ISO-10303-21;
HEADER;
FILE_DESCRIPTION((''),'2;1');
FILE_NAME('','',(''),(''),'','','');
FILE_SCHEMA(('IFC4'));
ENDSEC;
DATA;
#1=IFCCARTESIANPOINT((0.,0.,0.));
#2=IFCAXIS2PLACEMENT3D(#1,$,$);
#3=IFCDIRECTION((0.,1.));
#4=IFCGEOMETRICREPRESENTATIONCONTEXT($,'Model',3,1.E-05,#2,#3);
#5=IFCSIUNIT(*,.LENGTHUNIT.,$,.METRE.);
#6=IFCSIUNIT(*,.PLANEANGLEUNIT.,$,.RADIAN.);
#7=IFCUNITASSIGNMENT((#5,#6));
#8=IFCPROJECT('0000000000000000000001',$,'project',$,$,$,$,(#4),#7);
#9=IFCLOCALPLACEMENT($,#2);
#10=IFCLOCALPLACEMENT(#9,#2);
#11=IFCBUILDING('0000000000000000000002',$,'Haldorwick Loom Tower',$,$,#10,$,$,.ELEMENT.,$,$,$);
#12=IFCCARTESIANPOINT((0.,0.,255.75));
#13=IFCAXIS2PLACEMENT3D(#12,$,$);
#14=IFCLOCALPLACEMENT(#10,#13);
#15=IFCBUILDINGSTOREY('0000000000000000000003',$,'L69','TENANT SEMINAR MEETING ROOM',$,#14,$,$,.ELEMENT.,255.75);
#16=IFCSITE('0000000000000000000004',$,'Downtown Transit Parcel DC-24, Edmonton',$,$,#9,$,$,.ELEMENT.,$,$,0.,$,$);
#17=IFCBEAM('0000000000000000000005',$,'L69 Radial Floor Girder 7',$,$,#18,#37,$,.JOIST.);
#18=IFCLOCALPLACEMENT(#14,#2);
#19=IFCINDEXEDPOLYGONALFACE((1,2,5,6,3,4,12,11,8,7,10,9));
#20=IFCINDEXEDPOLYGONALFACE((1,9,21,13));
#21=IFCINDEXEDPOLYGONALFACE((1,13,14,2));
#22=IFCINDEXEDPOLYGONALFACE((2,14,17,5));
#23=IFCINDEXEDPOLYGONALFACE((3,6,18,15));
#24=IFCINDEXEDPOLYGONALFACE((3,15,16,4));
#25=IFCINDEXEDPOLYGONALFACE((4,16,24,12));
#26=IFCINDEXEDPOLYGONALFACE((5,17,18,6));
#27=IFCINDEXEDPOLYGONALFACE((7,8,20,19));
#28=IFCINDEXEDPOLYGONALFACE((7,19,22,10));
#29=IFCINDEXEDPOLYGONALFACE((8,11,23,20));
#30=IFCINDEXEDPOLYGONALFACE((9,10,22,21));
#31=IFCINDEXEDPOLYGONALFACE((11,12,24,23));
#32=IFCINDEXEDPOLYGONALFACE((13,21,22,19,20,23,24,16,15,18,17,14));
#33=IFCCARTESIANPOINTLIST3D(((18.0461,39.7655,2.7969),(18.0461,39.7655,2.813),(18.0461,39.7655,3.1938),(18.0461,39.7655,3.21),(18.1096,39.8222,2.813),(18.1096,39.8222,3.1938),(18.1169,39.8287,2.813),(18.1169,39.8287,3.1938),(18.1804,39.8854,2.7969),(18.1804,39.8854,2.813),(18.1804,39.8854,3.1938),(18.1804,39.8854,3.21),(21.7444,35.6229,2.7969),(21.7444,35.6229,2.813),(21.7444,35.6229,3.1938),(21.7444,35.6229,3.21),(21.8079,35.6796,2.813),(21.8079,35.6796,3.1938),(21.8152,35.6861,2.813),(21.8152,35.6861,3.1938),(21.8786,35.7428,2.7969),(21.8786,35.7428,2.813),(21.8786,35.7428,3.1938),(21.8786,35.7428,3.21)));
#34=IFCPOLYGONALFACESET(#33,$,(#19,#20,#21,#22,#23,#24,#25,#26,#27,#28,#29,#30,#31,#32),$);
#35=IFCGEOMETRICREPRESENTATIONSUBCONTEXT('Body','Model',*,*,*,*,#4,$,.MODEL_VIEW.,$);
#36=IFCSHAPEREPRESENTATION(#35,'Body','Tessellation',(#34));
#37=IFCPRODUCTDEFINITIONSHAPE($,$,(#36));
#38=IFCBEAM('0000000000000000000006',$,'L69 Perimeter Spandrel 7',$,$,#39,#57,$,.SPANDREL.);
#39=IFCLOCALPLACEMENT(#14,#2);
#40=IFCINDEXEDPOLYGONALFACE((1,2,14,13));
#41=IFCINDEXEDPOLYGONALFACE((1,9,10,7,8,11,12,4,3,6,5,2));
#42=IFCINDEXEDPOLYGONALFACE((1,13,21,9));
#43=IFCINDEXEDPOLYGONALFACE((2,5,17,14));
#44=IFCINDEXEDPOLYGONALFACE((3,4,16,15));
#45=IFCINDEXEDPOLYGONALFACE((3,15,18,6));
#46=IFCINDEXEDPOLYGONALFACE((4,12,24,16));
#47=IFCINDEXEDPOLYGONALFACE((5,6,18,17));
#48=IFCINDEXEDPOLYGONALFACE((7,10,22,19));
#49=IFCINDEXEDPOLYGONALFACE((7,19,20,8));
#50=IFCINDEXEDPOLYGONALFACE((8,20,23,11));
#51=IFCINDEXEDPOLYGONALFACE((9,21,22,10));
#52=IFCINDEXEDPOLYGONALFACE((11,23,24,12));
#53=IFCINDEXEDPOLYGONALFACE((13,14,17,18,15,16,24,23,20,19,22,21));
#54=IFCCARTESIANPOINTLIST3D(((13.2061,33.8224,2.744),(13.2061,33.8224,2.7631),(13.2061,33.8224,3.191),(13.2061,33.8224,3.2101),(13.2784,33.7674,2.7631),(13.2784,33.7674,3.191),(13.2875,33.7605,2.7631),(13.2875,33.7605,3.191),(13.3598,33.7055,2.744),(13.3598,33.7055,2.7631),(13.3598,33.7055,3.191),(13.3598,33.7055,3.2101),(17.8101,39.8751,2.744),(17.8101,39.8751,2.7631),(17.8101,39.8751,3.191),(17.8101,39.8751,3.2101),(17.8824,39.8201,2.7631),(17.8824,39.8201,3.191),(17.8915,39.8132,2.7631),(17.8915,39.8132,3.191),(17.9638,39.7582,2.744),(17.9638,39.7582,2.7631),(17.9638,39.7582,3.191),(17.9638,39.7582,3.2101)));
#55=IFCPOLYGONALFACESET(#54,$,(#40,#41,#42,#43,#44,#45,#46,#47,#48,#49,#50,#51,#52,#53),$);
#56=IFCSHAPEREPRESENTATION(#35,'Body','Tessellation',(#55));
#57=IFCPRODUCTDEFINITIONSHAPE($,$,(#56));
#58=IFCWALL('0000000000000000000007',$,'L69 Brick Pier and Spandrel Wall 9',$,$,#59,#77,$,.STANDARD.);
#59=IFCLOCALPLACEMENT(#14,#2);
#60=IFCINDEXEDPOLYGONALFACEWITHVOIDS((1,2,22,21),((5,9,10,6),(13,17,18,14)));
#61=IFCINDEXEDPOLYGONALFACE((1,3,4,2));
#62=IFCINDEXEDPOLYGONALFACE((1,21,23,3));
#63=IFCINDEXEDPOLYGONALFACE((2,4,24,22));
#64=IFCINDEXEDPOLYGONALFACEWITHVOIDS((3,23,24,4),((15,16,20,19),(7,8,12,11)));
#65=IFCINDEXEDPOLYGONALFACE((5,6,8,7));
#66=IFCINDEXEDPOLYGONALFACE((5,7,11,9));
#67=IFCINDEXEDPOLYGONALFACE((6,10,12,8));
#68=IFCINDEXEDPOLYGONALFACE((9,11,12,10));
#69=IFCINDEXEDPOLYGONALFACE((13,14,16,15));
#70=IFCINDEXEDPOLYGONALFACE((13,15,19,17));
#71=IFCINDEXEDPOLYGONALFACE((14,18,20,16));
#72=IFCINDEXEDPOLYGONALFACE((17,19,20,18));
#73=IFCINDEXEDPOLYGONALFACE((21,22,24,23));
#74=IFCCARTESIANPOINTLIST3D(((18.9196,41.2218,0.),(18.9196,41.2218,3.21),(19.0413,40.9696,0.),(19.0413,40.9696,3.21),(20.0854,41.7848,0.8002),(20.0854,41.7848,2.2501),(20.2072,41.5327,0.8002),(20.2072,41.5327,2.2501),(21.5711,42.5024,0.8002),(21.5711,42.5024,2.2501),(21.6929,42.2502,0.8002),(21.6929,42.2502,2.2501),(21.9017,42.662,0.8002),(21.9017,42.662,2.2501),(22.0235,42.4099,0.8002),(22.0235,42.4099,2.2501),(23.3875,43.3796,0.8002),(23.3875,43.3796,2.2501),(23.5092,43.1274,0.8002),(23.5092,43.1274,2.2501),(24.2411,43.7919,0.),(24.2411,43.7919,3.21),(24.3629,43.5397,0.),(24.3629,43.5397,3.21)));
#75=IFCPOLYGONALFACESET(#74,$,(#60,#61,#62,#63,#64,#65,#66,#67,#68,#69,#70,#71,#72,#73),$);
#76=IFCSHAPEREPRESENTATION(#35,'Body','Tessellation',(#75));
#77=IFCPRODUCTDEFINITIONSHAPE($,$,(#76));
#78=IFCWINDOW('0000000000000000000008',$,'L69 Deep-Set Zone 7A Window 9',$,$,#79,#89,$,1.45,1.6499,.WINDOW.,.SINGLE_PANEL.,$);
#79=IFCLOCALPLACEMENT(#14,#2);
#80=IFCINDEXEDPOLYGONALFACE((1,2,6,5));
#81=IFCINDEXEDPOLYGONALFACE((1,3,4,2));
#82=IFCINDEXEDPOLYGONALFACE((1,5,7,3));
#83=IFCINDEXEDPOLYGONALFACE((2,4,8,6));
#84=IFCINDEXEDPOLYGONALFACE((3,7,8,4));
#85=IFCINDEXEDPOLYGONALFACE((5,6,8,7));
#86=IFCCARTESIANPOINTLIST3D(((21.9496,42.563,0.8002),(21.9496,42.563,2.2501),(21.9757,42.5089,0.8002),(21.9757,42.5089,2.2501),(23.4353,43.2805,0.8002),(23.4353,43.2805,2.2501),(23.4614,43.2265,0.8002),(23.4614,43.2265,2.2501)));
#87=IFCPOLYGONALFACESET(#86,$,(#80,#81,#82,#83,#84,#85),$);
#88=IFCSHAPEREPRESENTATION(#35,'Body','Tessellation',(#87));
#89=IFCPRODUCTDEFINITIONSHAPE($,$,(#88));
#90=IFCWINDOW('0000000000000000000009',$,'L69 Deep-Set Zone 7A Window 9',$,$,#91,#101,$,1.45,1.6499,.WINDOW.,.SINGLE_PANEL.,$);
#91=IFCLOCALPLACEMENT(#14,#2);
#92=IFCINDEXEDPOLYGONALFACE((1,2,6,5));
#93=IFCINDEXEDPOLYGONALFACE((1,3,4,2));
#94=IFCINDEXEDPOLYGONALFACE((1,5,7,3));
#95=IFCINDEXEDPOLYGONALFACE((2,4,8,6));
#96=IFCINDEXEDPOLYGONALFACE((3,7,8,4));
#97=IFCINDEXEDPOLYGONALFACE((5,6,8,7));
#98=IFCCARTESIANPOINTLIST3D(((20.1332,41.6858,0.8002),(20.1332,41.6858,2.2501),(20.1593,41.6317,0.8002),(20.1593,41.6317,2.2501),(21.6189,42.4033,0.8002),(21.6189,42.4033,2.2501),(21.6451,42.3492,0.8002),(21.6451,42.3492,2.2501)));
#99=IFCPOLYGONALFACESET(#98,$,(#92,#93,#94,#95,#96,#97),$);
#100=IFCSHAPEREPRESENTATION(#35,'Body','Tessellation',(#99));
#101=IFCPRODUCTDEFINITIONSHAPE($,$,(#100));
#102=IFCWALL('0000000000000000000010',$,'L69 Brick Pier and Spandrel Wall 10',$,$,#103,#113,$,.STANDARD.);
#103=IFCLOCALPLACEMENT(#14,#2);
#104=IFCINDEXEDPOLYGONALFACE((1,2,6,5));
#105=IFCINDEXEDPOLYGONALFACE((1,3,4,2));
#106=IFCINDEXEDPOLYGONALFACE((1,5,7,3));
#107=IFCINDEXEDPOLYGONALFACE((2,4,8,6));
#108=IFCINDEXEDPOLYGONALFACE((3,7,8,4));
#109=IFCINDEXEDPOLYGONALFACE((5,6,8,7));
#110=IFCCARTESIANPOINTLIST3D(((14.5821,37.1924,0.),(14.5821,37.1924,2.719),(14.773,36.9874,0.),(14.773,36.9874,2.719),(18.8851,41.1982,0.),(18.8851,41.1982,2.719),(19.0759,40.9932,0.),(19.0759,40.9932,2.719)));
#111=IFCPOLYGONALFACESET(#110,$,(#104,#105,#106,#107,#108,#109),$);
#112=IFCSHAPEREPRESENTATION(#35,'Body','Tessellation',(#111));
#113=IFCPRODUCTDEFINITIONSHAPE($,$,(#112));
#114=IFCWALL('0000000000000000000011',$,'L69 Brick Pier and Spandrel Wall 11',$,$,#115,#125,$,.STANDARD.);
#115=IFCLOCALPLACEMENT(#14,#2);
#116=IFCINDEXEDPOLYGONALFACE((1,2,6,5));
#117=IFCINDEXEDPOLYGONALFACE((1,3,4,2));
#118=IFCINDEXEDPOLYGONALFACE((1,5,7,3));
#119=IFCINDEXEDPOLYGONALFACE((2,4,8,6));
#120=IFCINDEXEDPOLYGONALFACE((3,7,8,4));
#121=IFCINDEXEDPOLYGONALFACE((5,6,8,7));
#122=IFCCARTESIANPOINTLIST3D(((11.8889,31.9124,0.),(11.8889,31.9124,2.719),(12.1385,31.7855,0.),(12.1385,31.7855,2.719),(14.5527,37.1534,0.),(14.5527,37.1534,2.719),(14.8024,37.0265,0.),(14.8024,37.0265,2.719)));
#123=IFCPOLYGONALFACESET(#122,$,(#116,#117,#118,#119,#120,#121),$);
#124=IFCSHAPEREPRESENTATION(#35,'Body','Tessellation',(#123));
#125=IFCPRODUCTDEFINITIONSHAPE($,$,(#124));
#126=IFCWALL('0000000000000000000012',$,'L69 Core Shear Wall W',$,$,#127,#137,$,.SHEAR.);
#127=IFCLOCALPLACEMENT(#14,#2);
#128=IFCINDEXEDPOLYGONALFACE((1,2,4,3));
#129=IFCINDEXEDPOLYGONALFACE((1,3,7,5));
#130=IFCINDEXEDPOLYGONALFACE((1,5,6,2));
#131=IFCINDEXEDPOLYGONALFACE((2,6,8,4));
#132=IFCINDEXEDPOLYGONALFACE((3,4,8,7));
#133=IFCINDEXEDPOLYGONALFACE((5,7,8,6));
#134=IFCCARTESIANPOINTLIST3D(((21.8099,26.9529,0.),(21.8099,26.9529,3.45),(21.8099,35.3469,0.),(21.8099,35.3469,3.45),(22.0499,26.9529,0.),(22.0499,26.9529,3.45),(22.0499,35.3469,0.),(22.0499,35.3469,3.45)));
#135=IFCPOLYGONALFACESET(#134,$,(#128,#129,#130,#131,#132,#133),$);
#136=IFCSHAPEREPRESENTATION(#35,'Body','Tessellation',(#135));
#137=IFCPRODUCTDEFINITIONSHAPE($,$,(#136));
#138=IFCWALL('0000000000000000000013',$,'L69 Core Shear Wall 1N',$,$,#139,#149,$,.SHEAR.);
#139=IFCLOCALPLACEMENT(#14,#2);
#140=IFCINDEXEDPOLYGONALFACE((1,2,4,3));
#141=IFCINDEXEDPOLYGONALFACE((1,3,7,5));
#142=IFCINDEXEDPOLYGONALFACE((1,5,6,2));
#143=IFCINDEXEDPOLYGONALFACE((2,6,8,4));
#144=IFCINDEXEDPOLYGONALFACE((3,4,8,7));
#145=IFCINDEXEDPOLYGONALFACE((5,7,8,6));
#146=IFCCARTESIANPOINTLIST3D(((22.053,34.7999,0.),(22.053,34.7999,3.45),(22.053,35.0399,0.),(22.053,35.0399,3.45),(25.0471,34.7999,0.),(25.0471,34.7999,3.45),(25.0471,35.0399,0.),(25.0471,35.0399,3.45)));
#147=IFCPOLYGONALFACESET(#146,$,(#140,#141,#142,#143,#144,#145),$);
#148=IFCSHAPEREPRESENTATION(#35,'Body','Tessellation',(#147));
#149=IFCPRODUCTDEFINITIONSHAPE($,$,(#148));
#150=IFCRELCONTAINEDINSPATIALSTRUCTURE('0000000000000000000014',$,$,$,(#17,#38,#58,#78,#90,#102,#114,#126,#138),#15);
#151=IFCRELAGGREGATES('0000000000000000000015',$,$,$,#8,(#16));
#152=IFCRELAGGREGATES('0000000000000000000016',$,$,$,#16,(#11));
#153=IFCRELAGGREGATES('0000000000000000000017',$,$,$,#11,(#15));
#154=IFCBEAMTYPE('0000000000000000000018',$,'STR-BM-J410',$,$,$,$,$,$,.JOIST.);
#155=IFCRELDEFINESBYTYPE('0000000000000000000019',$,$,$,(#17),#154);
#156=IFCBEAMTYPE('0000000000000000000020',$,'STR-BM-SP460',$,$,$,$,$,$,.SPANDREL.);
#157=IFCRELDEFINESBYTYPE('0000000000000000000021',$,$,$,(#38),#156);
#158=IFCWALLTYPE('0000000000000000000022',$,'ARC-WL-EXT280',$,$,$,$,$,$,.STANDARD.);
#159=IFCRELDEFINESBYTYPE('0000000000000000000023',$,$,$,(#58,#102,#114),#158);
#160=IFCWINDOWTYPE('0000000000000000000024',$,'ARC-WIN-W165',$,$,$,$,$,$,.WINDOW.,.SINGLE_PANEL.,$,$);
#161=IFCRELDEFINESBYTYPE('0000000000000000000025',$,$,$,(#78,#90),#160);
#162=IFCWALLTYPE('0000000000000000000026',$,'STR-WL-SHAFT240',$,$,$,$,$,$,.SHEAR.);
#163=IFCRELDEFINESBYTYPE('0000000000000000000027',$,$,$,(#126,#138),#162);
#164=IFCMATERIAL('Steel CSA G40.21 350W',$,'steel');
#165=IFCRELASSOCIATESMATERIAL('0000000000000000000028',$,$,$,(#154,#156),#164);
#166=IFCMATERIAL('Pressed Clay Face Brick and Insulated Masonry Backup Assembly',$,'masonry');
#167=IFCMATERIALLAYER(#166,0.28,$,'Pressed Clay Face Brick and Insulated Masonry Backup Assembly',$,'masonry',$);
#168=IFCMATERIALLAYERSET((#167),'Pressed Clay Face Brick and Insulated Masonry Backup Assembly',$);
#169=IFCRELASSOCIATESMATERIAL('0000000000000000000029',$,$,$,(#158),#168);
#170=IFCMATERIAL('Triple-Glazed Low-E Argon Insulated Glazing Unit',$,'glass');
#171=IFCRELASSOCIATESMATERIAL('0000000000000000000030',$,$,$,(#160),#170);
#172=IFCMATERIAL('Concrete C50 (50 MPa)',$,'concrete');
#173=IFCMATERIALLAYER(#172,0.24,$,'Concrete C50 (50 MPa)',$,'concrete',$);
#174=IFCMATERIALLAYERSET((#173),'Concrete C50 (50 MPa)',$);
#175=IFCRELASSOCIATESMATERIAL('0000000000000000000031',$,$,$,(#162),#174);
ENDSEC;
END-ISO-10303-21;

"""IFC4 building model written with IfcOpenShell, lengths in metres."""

from ifc_helpers import new_model, si_unit, direction, frame, frame_2d, origin, origin_2d, place, context, subcontext, project, spatial, rectangle, i_section, extrude, material, layer, layer_set, material_profile, profile_set, type_object, element, fill, save


model = new_model("IFC4")

# Units and contexts
model_context = context("Model", 3, precision=1e-05, world=origin(), true_north=direction((0.0, 1.0)))
body_context = subcontext(model_context, "Body", "Model", "MODEL_VIEW")
ifc_project = project(units=[si_unit("LENGTHUNIT", "METRE"), si_unit("PLANEANGLEUNIT", "RADIAN")], contexts=[model_context])

# Site, building, storey
site_placement = place(None, origin())
site = spatial("IfcSite", under=ifc_project, at=site_placement, Name="Downtown Transit Parcel DC-24, Edmonton", CompositionType="ELEMENT", RefElevation=0.0)
building_placement = place(site_placement, origin())
building = spatial("IfcBuilding", under=site, at=building_placement, Name="Haldorwick Loom Tower", CompositionType="ELEMENT")
storey_placement = place(building_placement, frame((0.0, 0.0, 255.75)))
storey = spatial("IfcBuildingStorey", under=building, at=storey_placement, Name="L69", Description="TENANT SEMINAR MEETING ROOM", CompositionType="ELEMENT", Elevation=255.75)

# Shared definitions
ifc_material_1 = material(Name="Steel CSA G40.21 350W", Category="steel")

# Beams
ifc_material_2 = material(Name="Concrete C50 (50 MPa)", Category="concrete")
ifc_material_profile_1 = material_profile(ifc_material_1, i_section(OverallWidth=0.1799, OverallDepth=0.4131, WebThickness=0.0098, FlangeThickness=0.0161, at=origin_2d()), Name="W410X74", Category="steel")
ifc_profile_set_1 = profile_set([ifc_material_profile_1], Name="Steel CSA G40.21 350W")
beam_type_1 = type_object("IfcBeamType", Name="STR-BM-J410", PredefinedType="JOIST", material=ifc_profile_set_1)
beam_1_placement = place(storey_placement, frame((21.8115, 35.6829, 3.0034), z_axis=(-0.665967, 0.745981, 0.0), x_axis=(-0.745981, -0.665967, 0.0)))
element("IfcBeam", 1, at=beam_1_placement, inside=storey, type_object=beam_type_1, Name="L69 Radial Floor Girder 7", PredefinedType="JOIST", context=body_context, shape_type="SweptSolid", body=[
    extrude(i_section(OverallWidth=0.1799, OverallDepth=0.4131, WebThickness=0.0098, FlangeThickness=0.0161, at=origin_2d()), origin(), (0.0, 0.0, 1.0), 5.5532),
])
ifc_material_profile_2 = material_profile(ifc_material_1, i_section(OverallWidth=0.1931, OverallDepth=0.4661, WebThickness=0.0115, FlangeThickness=0.019, at=origin_2d()), Name="W460X97", Category="steel")
ifc_profile_set_2 = profile_set([ifc_material_profile_2], Name="Steel CSA G40.21 350W")
beam_type_2 = type_object("IfcBeamType", Name="STR-BM-SP460", PredefinedType="SPANDREL", material=ifc_profile_set_2)
beam_2_placement = place(storey_placement, frame((17.887, 39.8167, 2.9771), z_axis=(-0.60541, -0.795913, 0.0), x_axis=(0.795913, -0.60541, 0.0)))
element("IfcBeam", 2, at=beam_2_placement, inside=storey, type_object=beam_type_2, Name="L69 Perimeter Spandrel 7", PredefinedType="SPANDREL", context=body_context, shape_type="SweptSolid", body=[
    extrude(i_section(OverallWidth=0.1931, OverallDepth=0.4661, WebThickness=0.0115, FlangeThickness=0.019, at=origin_2d()), origin(), (0.0, 0.0, 1.0), 7.6047),
])

# Wall, openings, windows
ifc_material_3 = material(Name="Pressed Clay Face Brick and Insulated Masonry Backup Assembly", Category="masonry")
ifc_layer_1 = layer(ifc_material_3, 0.28, Name="Pressed Clay Face Brick and Insulated Masonry Backup Assembly", Category="masonry")
ifc_layer_set_1 = layer_set([ifc_layer_1], Name="Pressed Clay Face Brick and Insulated Masonry Backup Assembly")
wall_type_1 = type_object("IfcWallType", Name="ARC-WL-EXT280", PredefinedType="STANDARD", material=ifc_layer_set_1)
wall_1_placement = place(storey_placement, frame((24.302, 43.6658, 0.0), z_axis=(0.0, 0.0, 1.0), x_axis=(-0.900482, -0.434893, 0.0)))
wall_1 = element("IfcWall", 3, at=wall_1_placement, inside=storey, type_object=wall_type_1, Name="L69 Brick Pier and Spandrel Wall 9", PredefinedType="STANDARD", context=body_context, shape_type="SweptSolid", body=[
    extrude(rectangle(XDim=5.9097, YDim=0.28, at=frame_2d((2.9548, 0.0))), origin(), (0.0, 0.0, 1.0), 3.21),
])
opening_1_placement = place(wall_1_placement, frame((0.948, 0.0, 0.8)))
opening_1 = element("IfcOpeningElement", 4, at=opening_1_placement, cuts=wall_1, PredefinedType="OPENING", context=body_context, shape_type="SweptSolid", body=[
    extrude(rectangle(XDim=1.6499, YDim=1.45, at=frame_2d((0.825, 0.7251))), frame((0.0, 0.1499, 0.0), z_axis=(0.0, -1.0, 0.0), x_axis=(1.0, 0.0, 0.0)), (0.0, 0.0, 1.0), 0.3),
])
opening_2_placement = place(wall_1_placement, frame((2.9651, 0.0, 0.8)))
opening_2 = element("IfcOpeningElement", 5, at=opening_2_placement, cuts=wall_1, PredefinedType="OPENING", context=body_context, shape_type="SweptSolid", body=[
    extrude(rectangle(XDim=1.6499, YDim=1.45, at=frame_2d((0.825, 0.7251))), frame((0.0, 0.1499, 0.0), z_axis=(0.0, -1.0, 0.0), x_axis=(1.0, 0.0, 0.0)), (0.0, 0.0, 1.0), 0.3),
])
ifc_material_4 = material(Name="Triple-Glazed Low-E Argon Insulated Glazing Unit", Category="glass")
window_type = type_object("IfcWindowType", Name="ARC-WIN-W165", PartitioningType="SINGLE_PANEL", PredefinedType="WINDOW", material=ifc_material_4)
window_1_placement = place(opening_1_placement, origin())
window_1 = element("IfcWindow", 6, at=window_1_placement, inside=storey, type_object=window_type, Name="L69 Deep-Set Zone 7A Window 9", OverallHeight=1.45, OverallWidth=1.6499, PartitioningType="SINGLE_PANEL", PredefinedType="WINDOW", context=body_context, shape_type="SweptSolid", body=[
    extrude(rectangle(XDim=1.6499, YDim=1.45, at=frame_2d((0.825, 0.7251))), frame((0.0, 0.03, 0.0), z_axis=(0.0, -1.0, 0.0), x_axis=(1.0, 0.0, 0.0)), (0.0, 0.0, 1.0), 0.0601),
])
fill(opening_1, window_1)
window_2_placement = place(opening_2_placement, origin())
window_2 = element("IfcWindow", 7, at=window_2_placement, inside=storey, type_object=window_type, Name="L69 Deep-Set Zone 7A Window 9", OverallHeight=1.45, OverallWidth=1.6499, PartitioningType="SINGLE_PANEL", PredefinedType="WINDOW", context=body_context, shape_type="SweptSolid", body=[
    extrude(rectangle(XDim=1.6499, YDim=1.45, at=frame_2d((0.825, 0.7251))), frame((0.0, 0.03, 0.0), z_axis=(0.0, -1.0, 0.0), x_axis=(1.0, 0.0, 0.0)), (0.0, 0.0, 1.0), 0.0601),
])
fill(opening_2, window_2)

# Walls
wall_2_placement = place(storey_placement, frame((18.9805, 41.0957, 0.0), z_axis=(0.0, 0.0, 1.0), x_axis=(-0.731925, -0.681386, 0.0)))
element("IfcWall", 8, at=wall_2_placement, inside=storey, type_object=wall_type_1, Name="L69 Brick Pier and Spandrel Wall 10", PredefinedType="STANDARD", context=body_context, shape_type="SweptSolid", body=[
    extrude(rectangle(XDim=5.8789, YDim=0.28, at=frame_2d((2.9395, 0.0))), origin(), (0.0, 0.0, 1.0), 2.719),
])
wall_3_placement = place(storey_placement, frame((14.6775, 37.0898, 0.0), z_axis=(0.0, 0.0, 1.0), x_axis=(-0.453101, -0.891459, 0.0)))
element("IfcWall", 9, at=wall_3_placement, inside=storey, type_object=wall_type_1, Name="L69 Brick Pier and Spandrel Wall 11", PredefinedType="STANDARD", context=body_context, shape_type="SweptSolid", body=[
    extrude(rectangle(XDim=5.8792, YDim=0.28, at=frame_2d((2.9395, 0.0))), origin(), (0.0, 0.0, 1.0), 2.719),
])
ifc_layer_2 = layer(ifc_material_2, 0.24, Name="Concrete C50 (50 MPa)", Category="concrete")
ifc_layer_set_2 = layer_set([ifc_layer_2], Name="Concrete C50 (50 MPa)")
wall_type_2 = type_object("IfcWallType", Name="STR-WL-SHAFT240", PredefinedType="SHEAR", material=ifc_layer_set_2)
wall_4_placement = place(storey_placement, frame((21.9299, 35.3469, 0.0), z_axis=(0.0, 0.0, 1.0), x_axis=(0.0, -1.0, 0.0)))
element("IfcWall", 10, at=wall_4_placement, inside=storey, type_object=wall_type_2, Name="L69 Core Shear Wall W", PredefinedType="SHEAR", context=body_context, shape_type="SweptSolid", body=[
    extrude(rectangle(XDim=8.394, YDim=0.24, at=frame_2d((4.197, 0.0))), origin(), (0.0, 0.0, 1.0), 3.45),
])
wall_5_placement = place(storey_placement, frame((22.053, 34.9199, 0.0), z_axis=(0.0, 0.0, 1.0), x_axis=(1.0, 0.0, 0.0)))
element("IfcWall", 11, at=wall_5_placement, inside=storey, type_object=wall_type_2, Name="L69 Core Shear Wall 1N", PredefinedType="SHEAR", context=body_context, shape_type="SweptSolid", body=[
    extrude(rectangle(XDim=2.9941, YDim=0.24, at=frame_2d((1.4971, 0.0))), origin(), (0.0, 0.0, 1.0), 3.45),
])

save(model, "model.ifc")
